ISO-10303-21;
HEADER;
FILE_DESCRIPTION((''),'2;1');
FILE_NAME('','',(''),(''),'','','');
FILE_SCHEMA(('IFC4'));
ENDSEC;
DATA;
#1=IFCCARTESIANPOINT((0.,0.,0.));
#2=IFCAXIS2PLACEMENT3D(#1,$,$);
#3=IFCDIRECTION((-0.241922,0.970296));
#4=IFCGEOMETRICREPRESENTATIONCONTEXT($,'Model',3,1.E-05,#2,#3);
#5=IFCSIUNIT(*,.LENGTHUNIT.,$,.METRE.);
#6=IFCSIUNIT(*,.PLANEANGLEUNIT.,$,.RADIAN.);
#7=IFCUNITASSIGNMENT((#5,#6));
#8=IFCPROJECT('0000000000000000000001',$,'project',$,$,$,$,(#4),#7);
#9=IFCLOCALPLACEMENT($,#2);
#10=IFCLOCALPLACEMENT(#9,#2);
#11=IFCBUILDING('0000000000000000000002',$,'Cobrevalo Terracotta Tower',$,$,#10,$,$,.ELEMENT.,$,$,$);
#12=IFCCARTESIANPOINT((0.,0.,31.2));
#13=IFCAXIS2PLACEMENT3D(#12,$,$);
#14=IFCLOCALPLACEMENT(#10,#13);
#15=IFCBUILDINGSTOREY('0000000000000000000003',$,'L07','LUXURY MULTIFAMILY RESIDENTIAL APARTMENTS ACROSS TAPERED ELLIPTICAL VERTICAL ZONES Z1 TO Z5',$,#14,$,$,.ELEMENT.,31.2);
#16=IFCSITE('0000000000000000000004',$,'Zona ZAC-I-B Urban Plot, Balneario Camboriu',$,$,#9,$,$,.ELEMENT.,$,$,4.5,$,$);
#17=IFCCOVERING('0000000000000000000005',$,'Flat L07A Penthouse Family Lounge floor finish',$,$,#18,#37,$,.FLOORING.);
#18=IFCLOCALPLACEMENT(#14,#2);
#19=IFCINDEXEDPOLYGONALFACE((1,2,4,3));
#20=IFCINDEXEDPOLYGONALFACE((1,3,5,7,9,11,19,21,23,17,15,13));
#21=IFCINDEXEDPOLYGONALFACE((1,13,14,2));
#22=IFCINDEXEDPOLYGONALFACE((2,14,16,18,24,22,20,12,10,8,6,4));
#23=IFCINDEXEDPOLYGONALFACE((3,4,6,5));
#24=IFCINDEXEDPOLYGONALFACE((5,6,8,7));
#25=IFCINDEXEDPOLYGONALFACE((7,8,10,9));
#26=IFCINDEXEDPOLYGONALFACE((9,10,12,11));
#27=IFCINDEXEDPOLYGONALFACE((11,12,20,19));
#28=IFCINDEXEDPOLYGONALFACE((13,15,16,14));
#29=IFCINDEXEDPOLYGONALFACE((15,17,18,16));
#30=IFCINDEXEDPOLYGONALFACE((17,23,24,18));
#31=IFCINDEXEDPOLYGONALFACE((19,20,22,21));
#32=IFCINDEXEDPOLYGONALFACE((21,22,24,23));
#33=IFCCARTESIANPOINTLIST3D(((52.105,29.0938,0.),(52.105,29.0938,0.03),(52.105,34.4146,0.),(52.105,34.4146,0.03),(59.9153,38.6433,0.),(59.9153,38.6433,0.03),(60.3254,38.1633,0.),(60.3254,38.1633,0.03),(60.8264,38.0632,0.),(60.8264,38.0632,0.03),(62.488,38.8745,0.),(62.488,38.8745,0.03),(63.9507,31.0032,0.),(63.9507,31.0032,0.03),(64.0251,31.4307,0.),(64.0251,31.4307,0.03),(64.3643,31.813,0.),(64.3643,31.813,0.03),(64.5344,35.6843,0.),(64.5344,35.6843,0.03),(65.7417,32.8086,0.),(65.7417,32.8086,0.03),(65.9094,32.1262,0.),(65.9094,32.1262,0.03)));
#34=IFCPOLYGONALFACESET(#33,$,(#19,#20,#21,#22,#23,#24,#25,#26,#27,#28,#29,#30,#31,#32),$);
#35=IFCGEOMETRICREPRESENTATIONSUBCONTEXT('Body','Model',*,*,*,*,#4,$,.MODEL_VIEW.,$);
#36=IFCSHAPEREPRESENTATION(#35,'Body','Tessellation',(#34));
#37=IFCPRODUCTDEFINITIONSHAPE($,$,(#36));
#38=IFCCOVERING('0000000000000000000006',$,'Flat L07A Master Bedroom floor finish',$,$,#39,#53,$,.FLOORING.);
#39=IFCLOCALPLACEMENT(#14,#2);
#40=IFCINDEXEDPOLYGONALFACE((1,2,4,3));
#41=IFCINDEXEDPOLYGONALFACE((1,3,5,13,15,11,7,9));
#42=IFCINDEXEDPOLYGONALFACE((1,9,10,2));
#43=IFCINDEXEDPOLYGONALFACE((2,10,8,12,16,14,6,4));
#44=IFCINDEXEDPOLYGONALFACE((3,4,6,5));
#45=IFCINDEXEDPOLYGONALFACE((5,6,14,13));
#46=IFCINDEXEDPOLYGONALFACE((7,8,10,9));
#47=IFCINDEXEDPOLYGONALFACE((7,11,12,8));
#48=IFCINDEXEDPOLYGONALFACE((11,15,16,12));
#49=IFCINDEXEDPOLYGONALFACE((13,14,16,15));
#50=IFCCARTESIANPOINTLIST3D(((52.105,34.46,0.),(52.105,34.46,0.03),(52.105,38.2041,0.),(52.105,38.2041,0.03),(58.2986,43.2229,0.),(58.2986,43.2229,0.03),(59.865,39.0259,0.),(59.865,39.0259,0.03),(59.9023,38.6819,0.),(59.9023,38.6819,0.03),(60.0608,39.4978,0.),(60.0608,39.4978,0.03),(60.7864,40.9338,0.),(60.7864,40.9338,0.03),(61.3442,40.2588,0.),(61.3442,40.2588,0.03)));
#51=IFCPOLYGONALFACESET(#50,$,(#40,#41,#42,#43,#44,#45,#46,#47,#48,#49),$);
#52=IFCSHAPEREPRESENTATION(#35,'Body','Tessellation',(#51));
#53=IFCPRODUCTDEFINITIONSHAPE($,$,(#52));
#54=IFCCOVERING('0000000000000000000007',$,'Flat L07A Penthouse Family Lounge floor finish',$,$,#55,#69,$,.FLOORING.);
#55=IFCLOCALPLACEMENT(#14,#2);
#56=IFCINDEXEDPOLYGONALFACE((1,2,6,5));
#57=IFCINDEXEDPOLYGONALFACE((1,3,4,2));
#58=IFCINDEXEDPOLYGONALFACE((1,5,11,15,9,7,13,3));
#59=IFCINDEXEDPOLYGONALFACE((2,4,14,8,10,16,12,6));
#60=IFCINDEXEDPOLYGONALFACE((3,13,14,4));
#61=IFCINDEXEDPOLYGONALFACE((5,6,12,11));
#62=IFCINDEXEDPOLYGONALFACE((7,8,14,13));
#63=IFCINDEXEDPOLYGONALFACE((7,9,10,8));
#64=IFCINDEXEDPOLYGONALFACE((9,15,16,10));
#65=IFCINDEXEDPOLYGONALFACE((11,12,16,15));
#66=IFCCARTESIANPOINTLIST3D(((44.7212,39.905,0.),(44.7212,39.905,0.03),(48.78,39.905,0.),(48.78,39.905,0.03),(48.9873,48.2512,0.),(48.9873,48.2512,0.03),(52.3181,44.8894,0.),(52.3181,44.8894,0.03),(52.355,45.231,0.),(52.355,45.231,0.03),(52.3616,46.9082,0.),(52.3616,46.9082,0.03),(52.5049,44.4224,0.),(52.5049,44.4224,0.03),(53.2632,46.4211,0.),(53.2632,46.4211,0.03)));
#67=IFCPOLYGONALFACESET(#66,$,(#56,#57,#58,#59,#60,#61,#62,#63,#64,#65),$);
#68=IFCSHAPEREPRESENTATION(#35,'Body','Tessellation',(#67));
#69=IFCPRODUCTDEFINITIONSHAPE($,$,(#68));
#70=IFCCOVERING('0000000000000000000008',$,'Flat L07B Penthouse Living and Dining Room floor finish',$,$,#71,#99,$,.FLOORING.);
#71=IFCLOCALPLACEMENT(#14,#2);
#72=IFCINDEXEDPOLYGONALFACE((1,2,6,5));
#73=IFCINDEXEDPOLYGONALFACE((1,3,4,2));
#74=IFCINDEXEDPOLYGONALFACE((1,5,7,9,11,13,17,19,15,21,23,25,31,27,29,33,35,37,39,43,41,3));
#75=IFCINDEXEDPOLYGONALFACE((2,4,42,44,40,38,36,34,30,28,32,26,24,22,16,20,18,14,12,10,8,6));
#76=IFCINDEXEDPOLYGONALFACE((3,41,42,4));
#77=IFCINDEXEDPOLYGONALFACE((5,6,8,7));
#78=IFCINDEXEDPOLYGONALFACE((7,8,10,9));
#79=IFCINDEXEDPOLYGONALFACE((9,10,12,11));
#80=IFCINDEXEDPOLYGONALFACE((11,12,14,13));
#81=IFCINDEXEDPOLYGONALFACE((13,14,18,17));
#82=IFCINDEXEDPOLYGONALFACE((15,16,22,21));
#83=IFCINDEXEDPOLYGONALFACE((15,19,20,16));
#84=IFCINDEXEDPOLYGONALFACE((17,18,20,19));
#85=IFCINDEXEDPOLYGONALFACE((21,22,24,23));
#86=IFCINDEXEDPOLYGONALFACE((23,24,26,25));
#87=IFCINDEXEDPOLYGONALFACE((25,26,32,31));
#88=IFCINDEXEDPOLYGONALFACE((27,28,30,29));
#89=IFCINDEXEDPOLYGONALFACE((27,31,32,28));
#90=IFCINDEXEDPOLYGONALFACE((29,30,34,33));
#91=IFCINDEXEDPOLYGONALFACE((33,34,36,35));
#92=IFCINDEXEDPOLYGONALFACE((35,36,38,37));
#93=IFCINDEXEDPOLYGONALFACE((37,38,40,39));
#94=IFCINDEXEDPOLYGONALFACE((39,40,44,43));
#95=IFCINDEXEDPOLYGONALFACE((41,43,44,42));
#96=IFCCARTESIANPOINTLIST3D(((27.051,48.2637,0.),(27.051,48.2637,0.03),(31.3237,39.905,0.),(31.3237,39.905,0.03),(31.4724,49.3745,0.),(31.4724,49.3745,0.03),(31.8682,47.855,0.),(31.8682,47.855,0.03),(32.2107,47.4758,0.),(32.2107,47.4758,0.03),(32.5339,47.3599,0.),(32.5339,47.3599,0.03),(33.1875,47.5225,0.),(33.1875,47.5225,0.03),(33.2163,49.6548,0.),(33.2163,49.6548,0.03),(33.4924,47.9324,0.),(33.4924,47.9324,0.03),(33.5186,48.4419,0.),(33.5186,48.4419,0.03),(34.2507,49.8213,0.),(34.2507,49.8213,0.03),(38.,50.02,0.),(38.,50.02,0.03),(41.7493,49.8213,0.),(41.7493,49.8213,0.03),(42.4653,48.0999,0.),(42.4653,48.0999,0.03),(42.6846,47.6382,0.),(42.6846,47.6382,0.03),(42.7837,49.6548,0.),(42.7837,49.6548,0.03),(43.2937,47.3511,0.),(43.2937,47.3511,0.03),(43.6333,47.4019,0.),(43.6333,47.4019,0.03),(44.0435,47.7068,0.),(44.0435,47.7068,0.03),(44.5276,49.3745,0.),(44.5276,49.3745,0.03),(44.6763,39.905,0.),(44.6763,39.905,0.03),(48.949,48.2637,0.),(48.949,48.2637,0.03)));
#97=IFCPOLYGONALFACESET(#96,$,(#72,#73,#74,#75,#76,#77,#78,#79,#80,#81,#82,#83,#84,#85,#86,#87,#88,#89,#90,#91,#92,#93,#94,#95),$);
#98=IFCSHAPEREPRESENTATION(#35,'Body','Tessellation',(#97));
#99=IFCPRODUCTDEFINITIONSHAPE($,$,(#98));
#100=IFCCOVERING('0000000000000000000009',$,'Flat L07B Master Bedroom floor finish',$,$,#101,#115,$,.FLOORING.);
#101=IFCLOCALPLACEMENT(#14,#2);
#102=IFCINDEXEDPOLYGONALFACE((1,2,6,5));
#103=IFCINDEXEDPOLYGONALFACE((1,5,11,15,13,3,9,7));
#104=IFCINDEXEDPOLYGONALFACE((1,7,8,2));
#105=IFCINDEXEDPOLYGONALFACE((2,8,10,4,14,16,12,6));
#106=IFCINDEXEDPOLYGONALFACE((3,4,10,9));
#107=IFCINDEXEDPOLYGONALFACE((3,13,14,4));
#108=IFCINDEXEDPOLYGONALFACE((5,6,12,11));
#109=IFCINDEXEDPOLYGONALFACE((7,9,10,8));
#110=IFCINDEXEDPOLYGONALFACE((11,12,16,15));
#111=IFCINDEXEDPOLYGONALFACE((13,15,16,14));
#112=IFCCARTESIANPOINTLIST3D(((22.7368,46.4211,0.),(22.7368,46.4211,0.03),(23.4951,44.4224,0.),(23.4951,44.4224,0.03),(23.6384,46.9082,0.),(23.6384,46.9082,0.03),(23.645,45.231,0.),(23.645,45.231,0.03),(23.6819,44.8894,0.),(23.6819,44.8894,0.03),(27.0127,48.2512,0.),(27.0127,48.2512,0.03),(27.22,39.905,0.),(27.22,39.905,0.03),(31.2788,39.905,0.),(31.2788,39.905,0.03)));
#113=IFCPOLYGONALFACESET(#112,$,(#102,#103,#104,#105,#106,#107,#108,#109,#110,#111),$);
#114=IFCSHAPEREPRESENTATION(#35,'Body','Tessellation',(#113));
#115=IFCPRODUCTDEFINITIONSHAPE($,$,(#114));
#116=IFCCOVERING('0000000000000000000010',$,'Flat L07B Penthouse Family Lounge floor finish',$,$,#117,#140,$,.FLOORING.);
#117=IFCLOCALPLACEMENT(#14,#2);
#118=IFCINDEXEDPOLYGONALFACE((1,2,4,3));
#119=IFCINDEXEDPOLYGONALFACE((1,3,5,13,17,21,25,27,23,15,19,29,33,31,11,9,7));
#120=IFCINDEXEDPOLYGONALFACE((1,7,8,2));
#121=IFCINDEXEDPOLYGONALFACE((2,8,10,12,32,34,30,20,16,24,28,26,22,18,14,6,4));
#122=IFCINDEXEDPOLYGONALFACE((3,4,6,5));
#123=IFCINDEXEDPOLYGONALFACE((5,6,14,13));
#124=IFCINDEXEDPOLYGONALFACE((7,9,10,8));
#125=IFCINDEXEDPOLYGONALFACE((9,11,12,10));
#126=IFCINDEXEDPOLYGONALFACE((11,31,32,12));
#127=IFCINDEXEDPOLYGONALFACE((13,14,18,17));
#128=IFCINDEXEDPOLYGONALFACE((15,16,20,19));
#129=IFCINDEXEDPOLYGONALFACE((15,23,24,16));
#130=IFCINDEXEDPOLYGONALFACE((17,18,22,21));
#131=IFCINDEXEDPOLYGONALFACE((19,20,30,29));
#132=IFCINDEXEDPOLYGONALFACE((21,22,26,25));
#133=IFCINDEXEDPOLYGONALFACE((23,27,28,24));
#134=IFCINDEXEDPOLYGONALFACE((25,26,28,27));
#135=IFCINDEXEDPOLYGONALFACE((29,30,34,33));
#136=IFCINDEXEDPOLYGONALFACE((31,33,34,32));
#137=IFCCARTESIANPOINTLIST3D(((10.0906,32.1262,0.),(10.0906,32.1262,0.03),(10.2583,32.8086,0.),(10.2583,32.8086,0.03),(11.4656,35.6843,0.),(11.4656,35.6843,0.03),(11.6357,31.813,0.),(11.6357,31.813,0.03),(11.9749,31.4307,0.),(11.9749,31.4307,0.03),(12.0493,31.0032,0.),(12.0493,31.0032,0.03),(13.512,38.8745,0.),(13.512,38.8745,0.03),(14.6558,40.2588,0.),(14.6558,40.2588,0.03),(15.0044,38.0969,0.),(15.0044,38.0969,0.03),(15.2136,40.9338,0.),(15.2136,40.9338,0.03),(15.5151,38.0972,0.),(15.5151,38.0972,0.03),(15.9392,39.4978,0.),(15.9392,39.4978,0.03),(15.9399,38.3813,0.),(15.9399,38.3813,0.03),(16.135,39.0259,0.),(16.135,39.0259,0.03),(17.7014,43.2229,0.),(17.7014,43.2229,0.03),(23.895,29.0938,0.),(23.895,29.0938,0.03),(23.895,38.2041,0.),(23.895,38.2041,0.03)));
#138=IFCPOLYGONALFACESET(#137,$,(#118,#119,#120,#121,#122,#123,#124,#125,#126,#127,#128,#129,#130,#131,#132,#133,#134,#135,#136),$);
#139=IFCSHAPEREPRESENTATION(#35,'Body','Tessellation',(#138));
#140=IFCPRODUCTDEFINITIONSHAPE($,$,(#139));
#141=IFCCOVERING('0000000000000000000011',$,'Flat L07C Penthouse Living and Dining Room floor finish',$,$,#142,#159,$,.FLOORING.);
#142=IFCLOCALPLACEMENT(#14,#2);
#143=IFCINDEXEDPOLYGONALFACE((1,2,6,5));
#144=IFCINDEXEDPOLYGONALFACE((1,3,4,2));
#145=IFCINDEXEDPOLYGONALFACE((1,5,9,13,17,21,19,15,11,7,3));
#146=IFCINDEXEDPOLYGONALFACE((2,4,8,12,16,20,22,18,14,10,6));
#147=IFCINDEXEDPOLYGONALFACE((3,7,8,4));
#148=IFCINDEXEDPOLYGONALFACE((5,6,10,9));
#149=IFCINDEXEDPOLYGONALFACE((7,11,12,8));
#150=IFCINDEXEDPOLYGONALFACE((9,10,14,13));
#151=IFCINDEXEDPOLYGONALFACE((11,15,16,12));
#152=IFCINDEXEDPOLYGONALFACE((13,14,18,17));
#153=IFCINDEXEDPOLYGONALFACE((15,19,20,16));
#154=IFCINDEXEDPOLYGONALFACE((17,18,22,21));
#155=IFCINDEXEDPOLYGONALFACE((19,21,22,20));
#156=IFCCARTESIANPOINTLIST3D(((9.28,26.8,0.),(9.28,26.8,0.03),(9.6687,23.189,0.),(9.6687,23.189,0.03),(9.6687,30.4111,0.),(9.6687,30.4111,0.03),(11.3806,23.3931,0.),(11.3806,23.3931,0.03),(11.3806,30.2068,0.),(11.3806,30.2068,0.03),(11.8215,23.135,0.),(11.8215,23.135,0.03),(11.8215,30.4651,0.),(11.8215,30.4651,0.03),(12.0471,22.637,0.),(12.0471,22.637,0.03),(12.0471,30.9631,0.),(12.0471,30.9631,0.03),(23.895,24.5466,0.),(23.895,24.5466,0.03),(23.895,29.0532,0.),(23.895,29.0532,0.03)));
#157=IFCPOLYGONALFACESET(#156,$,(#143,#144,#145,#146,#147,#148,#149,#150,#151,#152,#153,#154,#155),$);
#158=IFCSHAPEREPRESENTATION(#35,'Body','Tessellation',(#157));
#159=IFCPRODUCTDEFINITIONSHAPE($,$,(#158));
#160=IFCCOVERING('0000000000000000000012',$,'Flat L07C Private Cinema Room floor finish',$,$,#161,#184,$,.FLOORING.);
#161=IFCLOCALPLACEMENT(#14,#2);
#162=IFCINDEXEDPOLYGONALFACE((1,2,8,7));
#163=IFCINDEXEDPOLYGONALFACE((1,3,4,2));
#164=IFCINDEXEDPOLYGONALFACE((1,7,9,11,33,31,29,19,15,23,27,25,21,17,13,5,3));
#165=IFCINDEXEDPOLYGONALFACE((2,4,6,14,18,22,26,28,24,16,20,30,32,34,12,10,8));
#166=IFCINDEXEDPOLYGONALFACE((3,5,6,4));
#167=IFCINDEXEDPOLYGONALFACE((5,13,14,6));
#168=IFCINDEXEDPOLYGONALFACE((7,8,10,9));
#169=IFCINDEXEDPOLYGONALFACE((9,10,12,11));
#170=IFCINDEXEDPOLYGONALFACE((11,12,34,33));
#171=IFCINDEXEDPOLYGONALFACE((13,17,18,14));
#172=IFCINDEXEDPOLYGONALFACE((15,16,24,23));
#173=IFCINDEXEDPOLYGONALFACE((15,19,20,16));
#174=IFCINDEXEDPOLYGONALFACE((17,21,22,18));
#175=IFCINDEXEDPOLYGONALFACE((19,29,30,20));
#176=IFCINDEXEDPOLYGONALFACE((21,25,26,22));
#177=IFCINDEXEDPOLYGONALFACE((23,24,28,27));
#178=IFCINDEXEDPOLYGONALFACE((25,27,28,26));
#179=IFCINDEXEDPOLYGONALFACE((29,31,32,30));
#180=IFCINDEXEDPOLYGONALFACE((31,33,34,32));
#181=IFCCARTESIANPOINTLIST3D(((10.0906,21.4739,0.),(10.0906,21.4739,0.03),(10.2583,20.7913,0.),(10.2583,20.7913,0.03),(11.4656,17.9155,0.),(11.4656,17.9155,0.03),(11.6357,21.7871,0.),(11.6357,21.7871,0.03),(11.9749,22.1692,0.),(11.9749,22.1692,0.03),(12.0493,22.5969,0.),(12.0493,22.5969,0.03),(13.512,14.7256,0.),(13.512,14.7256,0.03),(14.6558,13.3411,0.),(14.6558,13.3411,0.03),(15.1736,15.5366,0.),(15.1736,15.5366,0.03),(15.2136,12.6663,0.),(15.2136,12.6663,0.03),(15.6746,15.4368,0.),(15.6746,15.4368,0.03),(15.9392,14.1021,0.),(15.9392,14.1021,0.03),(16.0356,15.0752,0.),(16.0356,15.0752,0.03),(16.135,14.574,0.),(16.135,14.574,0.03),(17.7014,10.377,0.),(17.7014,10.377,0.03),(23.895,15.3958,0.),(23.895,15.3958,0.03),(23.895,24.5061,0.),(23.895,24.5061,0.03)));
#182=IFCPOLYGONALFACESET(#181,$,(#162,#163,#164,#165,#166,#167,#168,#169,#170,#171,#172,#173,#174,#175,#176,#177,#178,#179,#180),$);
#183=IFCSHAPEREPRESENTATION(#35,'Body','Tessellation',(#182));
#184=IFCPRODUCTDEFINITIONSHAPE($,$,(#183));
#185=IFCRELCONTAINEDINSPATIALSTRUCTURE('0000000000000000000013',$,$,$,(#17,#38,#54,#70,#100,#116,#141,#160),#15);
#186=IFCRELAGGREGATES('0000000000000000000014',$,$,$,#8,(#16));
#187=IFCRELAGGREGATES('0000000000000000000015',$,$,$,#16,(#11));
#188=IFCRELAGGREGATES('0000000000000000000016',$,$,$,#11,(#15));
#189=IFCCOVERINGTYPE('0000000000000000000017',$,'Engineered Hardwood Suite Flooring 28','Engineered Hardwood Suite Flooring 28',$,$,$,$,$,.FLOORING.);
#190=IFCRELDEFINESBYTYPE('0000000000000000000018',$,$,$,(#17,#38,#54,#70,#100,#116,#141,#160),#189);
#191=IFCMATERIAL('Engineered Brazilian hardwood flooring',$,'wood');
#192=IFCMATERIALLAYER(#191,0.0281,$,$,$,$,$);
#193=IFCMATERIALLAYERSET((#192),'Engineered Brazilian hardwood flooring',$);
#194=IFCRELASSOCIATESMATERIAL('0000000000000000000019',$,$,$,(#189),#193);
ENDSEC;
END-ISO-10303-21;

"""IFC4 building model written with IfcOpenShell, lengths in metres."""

from ifc_helpers import new_model, si_unit, direction, frame, origin, place, context, subcontext, project, spatial, polyline, outline, extrude, material, layer, layer_set, type_object, element, save


model = new_model("IFC4")

# Units and contexts
model_context = context("Model", 3, precision=1e-05, world=origin(), true_north=direction((-0.241922, 0.970296)))
body_context = subcontext(model_context, "Body", "Model", "MODEL_VIEW")
ifc_project = project(units=[si_unit("LENGTHUNIT", "METRE"), si_unit("PLANEANGLEUNIT", "RADIAN")], contexts=[model_context])

# Site, building, storey
site_placement = place(None, origin())
site = spatial("IfcSite", under=ifc_project, at=site_placement, Name="Zona ZAC-I-B Urban Plot, Balneario Camboriu", CompositionType="ELEMENT", RefElevation=4.5)
building_placement = place(site_placement, origin())
building = spatial("IfcBuilding", under=site, at=building_placement, Name="Cobrevalo Terracotta Tower", CompositionType="ELEMENT")
storey_placement = place(building_placement, frame((0.0, 0.0, 31.2)))
storey = spatial("IfcBuildingStorey", under=building, at=storey_placement, Name="L07", Description="LUXURY MULTIFAMILY RESIDENTIAL APARTMENTS ACROSS TAPERED ELLIPTICAL VERTICAL ZONES Z1 TO Z5", CompositionType="ELEMENT", Elevation=31.2)

# Coverings
ifc_material_1 = material(Name="Engineered Brazilian hardwood flooring", Category="wood")
ifc_layer_1 = layer(ifc_material_1, 0.0281)
ifc_layer_set_1 = layer_set([ifc_layer_1], Name="Engineered Brazilian hardwood flooring")
covering_type_1 = type_object("IfcCoveringType", Name="Engineered Hardwood Suite Flooring 28", Description="Engineered Hardwood Suite Flooring 28", PredefinedType="FLOORING", material=ifc_layer_set_1)
covering_1_placement = place(storey_placement, origin())
element("IfcCovering", 1, at=covering_1_placement, inside=storey, type_object=covering_type_1, Name="Flat L07A Penthouse Family Lounge floor finish", PredefinedType="FLOORING", context=body_context, shape_type="SweptSolid", body=[
    extrude(outline(polyline([(59.9153, 38.6433), (60.3254, 38.1633), (60.8264, 38.0632), (62.488, 38.8745), (64.5344, 35.6843), (65.7417, 32.8086), (65.9094, 32.1262), (64.3643, 31.813), (64.0251, 31.4307), (63.9507, 31.0032), (52.105, 29.0938), (52.105, 34.4146), (59.9153, 38.6433)])), origin(), (0.0, 0.0, 1.0), 0.03),
])
covering_2_placement = place(storey_placement, origin())
element("IfcCovering", 2, at=covering_2_placement, inside=storey, type_object=covering_type_1, Name="Flat L07A Master Bedroom floor finish", PredefinedType="FLOORING", context=body_context, shape_type="SweptSolid", body=[
    extrude(outline(polyline([(58.2986, 43.2229), (60.7864, 40.9338), (61.3442, 40.2588), (60.0608, 39.4978), (59.865, 39.0259), (59.9023, 38.6819), (52.105, 34.46), (52.105, 38.2041), (58.2986, 43.2229)])), origin(), (0.0, 0.0, 1.0), 0.03),
])
covering_3_placement = place(storey_placement, origin())
element("IfcCovering", 3, at=covering_3_placement, inside=storey, type_object=covering_type_1, Name="Flat L07A Penthouse Family Lounge floor finish", PredefinedType="FLOORING", context=body_context, shape_type="SweptSolid", body=[
    extrude(outline(polyline([(48.9873, 48.2512), (52.3616, 46.9082), (53.2632, 46.4211), (52.355, 45.231), (52.3181, 44.8894), (52.5049, 44.4224), (48.78, 39.905), (44.7212, 39.905), (48.9873, 48.2512)])), origin(), (0.0, 0.0, 1.0), 0.03),
])
covering_4_placement = place(storey_placement, origin())
element("IfcCovering", 4, at=covering_4_placement, inside=storey, type_object=covering_type_1, Name="Flat L07B Penthouse Living and Dining Room floor finish", PredefinedType="FLOORING", context=body_context, shape_type="SweptSolid", body=[
    extrude(outline(polyline([(31.4724, 49.3745), (31.8682, 47.855), (32.2107, 47.4758), (32.5339, 47.3599), (33.1875, 47.5225), (33.4924, 47.9324), (33.5186, 48.4419), (33.2163, 49.6548), (34.2507, 49.8213), (38.0, 50.02), (41.7493, 49.8213), (42.7837, 49.6548), (42.4653, 48.0999), (42.6846, 47.6382), (43.2937, 47.3511), (43.6333, 47.4019), (44.0435, 47.7068), (44.5276, 49.3745), (48.949, 48.2637), (44.6763, 39.905), (31.3237, 39.905), (27.051, 48.2637), (31.4724, 49.3745)])), origin(), (0.0, 0.0, 1.0), 0.03),
])
covering_5_placement = place(storey_placement, origin())
element("IfcCovering", 5, at=covering_5_placement, inside=storey, type_object=covering_type_1, Name="Flat L07B Master Bedroom floor finish", PredefinedType="FLOORING", context=body_context, shape_type="SweptSolid", body=[
    extrude(outline(polyline([(23.4951, 44.4224), (23.6819, 44.8894), (23.645, 45.231), (22.7368, 46.4211), (23.6384, 46.9082), (27.0127, 48.2512), (31.2788, 39.905), (27.22, 39.905), (23.4951, 44.4224)])), origin(), (0.0, 0.0, 1.0), 0.03),
])
covering_6_placement = place(storey_placement, origin())
element("IfcCovering", 6, at=covering_6_placement, inside=storey, type_object=covering_type_1, Name="Flat L07B Penthouse Family Lounge floor finish", PredefinedType="FLOORING", context=body_context, shape_type="SweptSolid", body=[
    extrude(outline(polyline([(13.512, 38.8745), (15.0044, 38.0969), (15.5151, 38.0972), (15.9399, 38.3813), (16.135, 39.0259), (15.9392, 39.4978), (14.6558, 40.2588), (15.2136, 40.9338), (17.7014, 43.2229), (23.895, 38.2041), (23.895, 29.0938), (12.0493, 31.0032), (11.9749, 31.4307), (11.6357, 31.813), (10.0906, 32.1262), (10.2583, 32.8086), (11.4656, 35.6843), (13.512, 38.8745)])), origin(), (0.0, 0.0, 1.0), 0.03),
])
covering_7_placement = place(storey_placement, origin())
element("IfcCovering", 7, at=covering_7_placement, inside=storey, type_object=covering_type_1, Name="Flat L07C Penthouse Living and Dining Room floor finish", PredefinedType="FLOORING", context=body_context, shape_type="SweptSolid", body=[
    extrude(outline(polyline([(9.28, 26.8), (9.6687, 30.4111), (11.3806, 30.2068), (11.8215, 30.4651), (12.0471, 30.9631), (23.895, 29.0532), (23.895, 24.5466), (12.0471, 22.637), (11.8215, 23.135), (11.3806, 23.3931), (9.6687, 23.189), (9.28, 26.8)])), origin(), (0.0, 0.0, 1.0), 0.03),
])
covering_8_placement = place(storey_placement, origin())
element("IfcCovering", 8, at=covering_8_placement, inside=storey, type_object=covering_type_1, Name="Flat L07C Private Cinema Room floor finish", PredefinedType="FLOORING", context=body_context, shape_type="SweptSolid", body=[
    extrude(outline(polyline([(15.2136, 12.6663), (14.6558, 13.3411), (15.9392, 14.1021), (16.135, 14.574), (16.0356, 15.0752), (15.6746, 15.4368), (15.1736, 15.5366), (13.512, 14.7256), (11.4656, 17.9155), (10.2583, 20.7913), (10.0906, 21.4739), (11.6357, 21.7871), (11.9749, 22.1692), (12.0493, 22.5969), (23.895, 24.5061), (23.895, 15.3958), (17.7014, 10.377), (15.2136, 12.6663)])), origin(), (0.0, 0.0, 1.0), 0.03),
])

save(model, "model.ifc")
